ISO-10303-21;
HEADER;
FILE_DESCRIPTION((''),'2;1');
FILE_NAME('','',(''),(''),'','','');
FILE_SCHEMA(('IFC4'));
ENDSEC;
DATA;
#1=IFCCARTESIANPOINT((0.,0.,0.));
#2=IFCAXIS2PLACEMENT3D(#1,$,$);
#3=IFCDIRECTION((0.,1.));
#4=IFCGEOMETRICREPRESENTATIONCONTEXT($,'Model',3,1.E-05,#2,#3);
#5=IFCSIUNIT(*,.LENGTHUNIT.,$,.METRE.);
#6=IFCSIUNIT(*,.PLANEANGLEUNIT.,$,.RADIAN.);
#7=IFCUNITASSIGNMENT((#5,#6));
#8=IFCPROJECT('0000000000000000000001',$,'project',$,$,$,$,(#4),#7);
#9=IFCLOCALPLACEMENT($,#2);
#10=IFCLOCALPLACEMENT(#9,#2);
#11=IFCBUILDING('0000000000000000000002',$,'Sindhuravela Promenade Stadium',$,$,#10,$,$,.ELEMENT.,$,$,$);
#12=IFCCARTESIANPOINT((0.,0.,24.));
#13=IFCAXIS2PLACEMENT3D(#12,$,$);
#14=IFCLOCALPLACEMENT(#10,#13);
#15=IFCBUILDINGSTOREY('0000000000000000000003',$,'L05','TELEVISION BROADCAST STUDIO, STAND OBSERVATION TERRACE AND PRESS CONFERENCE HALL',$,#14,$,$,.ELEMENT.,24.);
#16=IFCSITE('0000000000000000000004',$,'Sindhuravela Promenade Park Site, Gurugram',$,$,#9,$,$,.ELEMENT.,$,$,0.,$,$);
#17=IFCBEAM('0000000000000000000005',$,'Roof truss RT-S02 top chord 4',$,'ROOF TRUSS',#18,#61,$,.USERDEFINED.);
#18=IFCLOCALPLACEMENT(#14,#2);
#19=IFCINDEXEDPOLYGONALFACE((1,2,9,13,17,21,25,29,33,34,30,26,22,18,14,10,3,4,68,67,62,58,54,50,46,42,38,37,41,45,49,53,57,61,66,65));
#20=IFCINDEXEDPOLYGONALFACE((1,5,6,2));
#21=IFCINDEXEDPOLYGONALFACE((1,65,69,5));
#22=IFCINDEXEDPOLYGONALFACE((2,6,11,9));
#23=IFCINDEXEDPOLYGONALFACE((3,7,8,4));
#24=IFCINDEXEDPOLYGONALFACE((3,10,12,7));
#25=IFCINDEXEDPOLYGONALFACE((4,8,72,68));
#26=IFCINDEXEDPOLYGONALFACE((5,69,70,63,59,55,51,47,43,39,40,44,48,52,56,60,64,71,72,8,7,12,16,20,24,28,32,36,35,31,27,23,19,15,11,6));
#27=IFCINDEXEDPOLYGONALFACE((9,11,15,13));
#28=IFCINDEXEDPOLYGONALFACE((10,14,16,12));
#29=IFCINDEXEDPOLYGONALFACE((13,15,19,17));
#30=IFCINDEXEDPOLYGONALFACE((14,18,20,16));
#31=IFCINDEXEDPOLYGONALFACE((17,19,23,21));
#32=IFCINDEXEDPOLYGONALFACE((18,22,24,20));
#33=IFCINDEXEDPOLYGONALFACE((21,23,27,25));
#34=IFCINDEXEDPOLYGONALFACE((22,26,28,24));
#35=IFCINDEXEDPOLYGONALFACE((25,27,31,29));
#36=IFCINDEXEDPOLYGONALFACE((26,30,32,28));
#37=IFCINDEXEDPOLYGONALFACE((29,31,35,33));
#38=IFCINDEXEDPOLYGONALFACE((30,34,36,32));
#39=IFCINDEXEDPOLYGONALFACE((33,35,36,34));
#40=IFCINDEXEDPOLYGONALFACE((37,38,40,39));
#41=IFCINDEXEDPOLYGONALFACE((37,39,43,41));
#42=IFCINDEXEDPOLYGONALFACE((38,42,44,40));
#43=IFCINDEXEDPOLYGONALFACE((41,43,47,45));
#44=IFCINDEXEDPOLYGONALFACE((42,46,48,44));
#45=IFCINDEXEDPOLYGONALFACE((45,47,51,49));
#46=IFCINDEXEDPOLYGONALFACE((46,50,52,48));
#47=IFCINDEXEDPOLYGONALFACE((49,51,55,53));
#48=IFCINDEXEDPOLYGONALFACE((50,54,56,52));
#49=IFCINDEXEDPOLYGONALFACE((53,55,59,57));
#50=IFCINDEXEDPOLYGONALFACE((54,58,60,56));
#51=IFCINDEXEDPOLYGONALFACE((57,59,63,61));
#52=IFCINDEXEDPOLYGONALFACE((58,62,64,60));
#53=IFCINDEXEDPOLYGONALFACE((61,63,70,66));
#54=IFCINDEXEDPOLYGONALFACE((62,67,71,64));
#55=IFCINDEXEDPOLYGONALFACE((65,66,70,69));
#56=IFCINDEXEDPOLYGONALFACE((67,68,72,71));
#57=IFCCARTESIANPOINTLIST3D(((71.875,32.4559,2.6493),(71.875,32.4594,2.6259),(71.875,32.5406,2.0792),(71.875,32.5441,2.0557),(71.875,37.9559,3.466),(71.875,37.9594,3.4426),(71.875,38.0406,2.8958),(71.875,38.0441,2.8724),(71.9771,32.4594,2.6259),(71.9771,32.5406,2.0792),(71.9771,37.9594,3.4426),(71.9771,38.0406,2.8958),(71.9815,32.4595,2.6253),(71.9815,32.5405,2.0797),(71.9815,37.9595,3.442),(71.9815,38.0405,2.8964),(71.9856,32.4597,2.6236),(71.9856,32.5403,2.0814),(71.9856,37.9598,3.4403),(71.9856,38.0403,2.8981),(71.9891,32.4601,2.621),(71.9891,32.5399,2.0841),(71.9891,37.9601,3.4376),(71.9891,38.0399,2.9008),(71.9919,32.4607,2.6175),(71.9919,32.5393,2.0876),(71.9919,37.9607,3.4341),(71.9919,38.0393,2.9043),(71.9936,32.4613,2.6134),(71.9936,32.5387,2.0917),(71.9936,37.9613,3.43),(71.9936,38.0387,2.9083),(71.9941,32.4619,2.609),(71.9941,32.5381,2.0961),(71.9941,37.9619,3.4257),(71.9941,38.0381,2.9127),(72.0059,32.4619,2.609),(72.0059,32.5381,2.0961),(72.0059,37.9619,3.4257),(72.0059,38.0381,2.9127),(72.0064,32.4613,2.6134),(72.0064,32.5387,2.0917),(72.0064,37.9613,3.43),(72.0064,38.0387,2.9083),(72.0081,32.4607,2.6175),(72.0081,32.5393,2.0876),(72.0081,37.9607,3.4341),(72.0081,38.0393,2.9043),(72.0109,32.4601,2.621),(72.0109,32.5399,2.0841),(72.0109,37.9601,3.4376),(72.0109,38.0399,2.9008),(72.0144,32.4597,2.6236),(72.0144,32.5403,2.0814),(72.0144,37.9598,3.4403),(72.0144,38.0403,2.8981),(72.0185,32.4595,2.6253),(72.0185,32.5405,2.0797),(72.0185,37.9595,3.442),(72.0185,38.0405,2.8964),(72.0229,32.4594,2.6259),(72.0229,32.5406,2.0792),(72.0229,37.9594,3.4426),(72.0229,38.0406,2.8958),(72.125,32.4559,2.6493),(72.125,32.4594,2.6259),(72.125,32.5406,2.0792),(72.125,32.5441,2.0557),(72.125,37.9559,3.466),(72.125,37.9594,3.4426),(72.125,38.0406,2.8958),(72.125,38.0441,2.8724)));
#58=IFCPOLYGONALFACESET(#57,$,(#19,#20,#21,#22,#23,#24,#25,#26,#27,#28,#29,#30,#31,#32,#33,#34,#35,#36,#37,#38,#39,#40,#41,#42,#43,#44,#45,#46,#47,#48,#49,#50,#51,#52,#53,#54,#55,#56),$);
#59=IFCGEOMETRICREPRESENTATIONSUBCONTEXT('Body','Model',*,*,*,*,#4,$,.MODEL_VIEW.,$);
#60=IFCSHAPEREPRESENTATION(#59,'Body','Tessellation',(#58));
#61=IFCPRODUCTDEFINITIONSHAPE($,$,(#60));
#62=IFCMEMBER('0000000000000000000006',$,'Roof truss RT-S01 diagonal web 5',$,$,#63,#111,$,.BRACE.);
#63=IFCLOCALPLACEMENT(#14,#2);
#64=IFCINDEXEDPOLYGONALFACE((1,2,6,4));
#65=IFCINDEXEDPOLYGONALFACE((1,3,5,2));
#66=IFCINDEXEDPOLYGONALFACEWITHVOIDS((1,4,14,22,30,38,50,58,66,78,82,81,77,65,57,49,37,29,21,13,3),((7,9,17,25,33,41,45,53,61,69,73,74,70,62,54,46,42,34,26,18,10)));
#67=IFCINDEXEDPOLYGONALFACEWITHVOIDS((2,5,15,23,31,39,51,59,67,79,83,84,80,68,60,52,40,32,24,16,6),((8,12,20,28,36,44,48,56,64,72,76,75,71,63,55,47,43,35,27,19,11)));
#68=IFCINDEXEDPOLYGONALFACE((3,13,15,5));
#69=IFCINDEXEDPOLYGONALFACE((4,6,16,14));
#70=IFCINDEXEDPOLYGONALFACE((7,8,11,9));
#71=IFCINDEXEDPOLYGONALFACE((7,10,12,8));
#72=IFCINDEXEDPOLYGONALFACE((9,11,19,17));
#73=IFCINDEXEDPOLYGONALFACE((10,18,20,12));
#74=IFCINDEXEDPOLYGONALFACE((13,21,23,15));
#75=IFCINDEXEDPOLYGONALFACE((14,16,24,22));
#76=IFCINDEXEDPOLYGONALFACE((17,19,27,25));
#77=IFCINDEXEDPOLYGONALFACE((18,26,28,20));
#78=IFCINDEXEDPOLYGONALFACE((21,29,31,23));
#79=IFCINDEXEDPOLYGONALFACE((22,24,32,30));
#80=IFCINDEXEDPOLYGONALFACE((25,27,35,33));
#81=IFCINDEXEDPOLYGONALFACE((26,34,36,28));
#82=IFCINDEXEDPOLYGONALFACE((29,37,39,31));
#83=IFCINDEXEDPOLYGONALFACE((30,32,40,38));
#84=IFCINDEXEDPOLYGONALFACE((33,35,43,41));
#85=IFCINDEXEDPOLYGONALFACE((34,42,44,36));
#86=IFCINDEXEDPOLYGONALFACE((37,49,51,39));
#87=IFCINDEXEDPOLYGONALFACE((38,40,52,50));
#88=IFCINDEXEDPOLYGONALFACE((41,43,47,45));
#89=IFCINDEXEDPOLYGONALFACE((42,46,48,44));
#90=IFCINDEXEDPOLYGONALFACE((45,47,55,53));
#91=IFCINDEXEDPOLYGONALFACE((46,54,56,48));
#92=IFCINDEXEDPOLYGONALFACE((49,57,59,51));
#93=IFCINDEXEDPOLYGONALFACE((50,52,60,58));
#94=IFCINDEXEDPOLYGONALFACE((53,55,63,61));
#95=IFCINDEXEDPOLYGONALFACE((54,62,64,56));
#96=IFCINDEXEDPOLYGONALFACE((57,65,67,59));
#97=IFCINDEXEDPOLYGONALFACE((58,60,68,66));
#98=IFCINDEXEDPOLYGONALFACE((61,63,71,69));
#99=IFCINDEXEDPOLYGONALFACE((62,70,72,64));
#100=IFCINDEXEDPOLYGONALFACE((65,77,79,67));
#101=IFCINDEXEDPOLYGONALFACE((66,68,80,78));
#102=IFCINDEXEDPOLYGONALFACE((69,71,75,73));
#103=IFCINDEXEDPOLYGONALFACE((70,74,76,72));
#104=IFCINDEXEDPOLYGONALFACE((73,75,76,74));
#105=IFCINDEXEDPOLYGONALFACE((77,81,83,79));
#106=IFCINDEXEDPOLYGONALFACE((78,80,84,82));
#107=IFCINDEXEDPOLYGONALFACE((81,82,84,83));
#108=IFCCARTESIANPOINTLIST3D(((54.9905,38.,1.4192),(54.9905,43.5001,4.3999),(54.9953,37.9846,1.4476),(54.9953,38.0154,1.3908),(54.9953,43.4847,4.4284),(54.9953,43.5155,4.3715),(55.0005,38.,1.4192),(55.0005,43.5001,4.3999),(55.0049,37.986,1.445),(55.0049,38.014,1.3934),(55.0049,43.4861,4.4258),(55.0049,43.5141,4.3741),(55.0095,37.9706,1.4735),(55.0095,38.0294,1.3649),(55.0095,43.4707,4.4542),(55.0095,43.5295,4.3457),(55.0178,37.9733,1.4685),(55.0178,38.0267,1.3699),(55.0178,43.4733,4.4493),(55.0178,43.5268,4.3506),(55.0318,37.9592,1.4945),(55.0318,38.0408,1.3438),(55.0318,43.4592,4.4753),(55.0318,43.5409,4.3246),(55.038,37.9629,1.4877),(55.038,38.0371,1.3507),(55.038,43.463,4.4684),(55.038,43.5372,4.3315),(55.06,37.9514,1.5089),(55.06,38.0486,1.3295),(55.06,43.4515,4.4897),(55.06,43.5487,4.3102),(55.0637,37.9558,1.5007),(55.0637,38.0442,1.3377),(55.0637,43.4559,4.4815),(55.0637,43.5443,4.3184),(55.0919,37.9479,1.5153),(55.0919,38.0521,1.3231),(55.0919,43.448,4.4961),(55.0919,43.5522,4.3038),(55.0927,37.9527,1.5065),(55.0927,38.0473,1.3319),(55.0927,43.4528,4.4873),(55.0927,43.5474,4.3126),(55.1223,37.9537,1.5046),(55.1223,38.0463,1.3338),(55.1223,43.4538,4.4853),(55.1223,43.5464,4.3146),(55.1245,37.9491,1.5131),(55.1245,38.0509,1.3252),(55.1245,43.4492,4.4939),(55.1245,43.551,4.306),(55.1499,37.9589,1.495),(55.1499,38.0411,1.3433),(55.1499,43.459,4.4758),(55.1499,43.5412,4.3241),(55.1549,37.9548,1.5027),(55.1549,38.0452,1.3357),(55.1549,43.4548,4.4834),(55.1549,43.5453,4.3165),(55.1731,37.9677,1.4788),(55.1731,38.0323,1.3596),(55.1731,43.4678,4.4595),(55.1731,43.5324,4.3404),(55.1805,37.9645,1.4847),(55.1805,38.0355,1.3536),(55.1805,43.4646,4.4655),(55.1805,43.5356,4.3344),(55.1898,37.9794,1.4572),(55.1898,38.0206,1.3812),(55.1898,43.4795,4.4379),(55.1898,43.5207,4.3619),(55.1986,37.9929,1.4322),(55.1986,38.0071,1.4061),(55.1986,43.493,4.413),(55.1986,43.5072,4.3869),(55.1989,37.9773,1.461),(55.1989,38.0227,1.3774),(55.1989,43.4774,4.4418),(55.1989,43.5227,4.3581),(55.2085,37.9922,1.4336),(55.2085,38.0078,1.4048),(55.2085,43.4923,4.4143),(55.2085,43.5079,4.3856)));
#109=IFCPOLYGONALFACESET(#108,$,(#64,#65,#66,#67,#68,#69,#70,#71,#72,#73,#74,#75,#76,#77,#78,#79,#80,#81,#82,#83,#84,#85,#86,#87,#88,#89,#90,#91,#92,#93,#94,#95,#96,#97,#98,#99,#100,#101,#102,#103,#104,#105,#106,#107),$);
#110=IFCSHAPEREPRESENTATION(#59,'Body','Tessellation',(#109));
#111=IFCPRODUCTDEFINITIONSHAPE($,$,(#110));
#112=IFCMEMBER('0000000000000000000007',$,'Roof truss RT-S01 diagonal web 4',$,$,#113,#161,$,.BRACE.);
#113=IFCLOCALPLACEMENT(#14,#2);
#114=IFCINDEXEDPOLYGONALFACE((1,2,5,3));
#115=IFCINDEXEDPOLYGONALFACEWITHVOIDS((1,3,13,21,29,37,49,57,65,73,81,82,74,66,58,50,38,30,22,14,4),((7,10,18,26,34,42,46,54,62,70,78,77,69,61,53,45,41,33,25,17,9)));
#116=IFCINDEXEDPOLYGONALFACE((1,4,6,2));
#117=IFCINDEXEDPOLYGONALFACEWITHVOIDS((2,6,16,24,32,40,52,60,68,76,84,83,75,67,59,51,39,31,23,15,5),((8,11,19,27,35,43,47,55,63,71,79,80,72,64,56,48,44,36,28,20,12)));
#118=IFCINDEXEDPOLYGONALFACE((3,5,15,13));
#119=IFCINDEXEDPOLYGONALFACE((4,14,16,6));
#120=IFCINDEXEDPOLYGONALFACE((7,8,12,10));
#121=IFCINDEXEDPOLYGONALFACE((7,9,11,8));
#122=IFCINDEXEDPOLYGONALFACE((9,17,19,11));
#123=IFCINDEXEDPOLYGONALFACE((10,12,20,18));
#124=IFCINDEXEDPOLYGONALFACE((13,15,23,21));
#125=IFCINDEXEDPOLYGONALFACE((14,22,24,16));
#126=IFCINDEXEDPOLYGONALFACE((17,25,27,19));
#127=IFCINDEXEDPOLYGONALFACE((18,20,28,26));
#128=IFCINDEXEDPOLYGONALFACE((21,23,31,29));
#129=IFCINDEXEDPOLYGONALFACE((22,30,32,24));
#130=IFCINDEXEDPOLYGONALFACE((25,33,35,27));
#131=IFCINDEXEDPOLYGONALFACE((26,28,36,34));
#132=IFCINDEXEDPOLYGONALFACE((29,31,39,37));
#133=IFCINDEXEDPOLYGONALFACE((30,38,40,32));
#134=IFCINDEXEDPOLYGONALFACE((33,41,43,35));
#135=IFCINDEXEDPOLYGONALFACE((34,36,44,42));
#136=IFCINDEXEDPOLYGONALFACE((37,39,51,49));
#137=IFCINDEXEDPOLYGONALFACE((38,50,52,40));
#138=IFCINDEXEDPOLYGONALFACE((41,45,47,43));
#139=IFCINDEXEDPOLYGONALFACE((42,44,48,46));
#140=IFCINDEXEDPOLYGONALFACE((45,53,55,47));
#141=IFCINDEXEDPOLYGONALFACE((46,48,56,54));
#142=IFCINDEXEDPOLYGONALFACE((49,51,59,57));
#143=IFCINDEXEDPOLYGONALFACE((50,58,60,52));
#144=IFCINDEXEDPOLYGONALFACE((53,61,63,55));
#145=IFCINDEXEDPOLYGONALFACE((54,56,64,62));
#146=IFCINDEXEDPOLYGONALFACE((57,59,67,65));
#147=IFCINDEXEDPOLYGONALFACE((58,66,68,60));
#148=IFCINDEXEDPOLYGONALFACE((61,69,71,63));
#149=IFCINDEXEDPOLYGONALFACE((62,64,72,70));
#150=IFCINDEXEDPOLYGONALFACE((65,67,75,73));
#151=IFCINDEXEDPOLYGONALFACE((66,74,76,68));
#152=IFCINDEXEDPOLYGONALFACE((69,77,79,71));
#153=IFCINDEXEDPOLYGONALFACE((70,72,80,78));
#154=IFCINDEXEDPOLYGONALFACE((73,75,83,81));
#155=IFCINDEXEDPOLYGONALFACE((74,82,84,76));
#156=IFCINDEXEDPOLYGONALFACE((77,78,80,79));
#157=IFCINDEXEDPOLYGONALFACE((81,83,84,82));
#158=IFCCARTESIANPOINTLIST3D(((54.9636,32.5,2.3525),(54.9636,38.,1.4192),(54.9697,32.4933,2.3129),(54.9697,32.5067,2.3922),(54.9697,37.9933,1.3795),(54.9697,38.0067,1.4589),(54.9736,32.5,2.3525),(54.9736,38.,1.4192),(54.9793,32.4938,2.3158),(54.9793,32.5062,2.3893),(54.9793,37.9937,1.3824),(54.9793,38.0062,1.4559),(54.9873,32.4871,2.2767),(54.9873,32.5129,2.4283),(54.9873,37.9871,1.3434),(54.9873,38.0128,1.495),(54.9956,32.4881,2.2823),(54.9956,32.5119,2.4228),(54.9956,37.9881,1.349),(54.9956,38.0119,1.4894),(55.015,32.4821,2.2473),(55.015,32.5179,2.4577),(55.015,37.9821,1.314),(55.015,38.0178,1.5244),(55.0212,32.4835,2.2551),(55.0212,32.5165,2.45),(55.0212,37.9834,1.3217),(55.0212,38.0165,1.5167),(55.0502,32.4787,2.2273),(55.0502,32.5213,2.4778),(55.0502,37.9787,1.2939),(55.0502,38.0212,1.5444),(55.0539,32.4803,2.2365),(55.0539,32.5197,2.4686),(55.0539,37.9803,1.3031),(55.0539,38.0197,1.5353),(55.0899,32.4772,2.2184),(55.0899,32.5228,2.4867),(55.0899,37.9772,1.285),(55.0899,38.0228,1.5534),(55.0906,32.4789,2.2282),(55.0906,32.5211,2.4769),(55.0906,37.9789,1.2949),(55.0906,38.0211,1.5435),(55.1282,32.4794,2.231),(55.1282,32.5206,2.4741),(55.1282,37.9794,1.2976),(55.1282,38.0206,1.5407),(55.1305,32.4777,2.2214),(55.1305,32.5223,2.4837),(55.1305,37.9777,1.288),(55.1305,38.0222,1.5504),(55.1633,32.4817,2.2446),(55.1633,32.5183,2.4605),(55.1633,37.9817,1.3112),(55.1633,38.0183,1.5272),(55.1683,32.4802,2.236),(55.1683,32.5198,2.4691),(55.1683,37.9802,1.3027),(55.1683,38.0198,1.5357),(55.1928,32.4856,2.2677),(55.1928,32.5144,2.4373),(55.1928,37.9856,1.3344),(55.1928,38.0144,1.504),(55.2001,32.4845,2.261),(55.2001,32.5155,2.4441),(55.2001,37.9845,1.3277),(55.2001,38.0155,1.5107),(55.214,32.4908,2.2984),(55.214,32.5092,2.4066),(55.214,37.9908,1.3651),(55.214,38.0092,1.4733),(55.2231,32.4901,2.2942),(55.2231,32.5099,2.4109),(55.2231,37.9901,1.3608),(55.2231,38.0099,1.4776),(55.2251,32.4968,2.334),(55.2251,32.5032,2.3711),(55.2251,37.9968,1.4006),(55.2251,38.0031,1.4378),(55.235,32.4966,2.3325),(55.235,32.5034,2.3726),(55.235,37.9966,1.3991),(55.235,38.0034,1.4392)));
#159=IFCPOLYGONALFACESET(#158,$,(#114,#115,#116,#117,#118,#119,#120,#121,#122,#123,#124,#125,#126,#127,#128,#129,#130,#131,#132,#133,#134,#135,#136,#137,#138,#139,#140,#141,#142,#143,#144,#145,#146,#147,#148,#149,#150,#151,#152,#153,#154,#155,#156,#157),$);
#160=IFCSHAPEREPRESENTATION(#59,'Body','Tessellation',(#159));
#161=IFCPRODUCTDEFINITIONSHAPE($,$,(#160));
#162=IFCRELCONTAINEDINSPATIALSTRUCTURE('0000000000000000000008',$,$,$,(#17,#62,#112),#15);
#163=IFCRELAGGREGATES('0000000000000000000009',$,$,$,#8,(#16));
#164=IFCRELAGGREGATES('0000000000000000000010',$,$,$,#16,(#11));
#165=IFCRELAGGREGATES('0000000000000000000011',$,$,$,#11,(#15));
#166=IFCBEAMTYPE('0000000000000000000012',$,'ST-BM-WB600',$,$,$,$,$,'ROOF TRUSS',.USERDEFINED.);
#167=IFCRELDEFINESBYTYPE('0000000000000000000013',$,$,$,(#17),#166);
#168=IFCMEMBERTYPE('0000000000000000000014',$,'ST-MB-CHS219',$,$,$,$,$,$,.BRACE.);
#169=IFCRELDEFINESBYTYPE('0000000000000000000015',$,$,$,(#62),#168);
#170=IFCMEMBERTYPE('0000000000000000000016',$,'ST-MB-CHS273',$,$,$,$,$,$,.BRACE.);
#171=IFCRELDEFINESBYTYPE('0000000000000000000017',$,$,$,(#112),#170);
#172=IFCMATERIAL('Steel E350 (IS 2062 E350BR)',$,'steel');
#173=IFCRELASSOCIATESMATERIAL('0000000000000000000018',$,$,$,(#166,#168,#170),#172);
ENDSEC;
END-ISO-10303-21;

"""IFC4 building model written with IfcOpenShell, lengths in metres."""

from ifc_helpers import new_model, si_unit, direction, frame, origin, origin_2d, place, context, subcontext, project, spatial, hollow_circle, i_section, extrude, material, material_profile, profile_set, type_object, element, save


model = new_model("IFC4")

# Units and contexts
model_context = context("Model", 3, precision=1e-05, world=origin(), true_north=direction((0.0, 1.0)))
body_context = subcontext(model_context, "Body", "Model", "MODEL_VIEW")
ifc_project = project(units=[si_unit("LENGTHUNIT", "METRE"), si_unit("PLANEANGLEUNIT", "RADIAN")], contexts=[model_context])

# Site, building, storey
site_placement = place(None, origin())
site = spatial("IfcSite", under=ifc_project, at=site_placement, Name="Sindhuravela Promenade Park Site, Gurugram", CompositionType="ELEMENT", RefElevation=0.0)
building_placement = place(site_placement, origin())
building = spatial("IfcBuilding", under=site, at=building_placement, Name="Sindhuravela Promenade Stadium", CompositionType="ELEMENT")
storey_placement = place(building_placement, frame((0.0, 0.0, 24.0)))
storey = spatial("IfcBuildingStorey", under=building, at=storey_placement, Name="L05", Description="TELEVISION BROADCAST STUDIO, STAND OBSERVATION TERRACE AND PRESS CONFERENCE HALL", CompositionType="ELEMENT", Elevation=24.0)

# Beam
ifc_material_1 = material(Name="Steel E350 (IS 2062 E350BR)", Category="steel")
ifc_material_profile_1 = material_profile(ifc_material_1, i_section(OverallWidth=0.25, OverallDepth=0.6001, WebThickness=0.0117, FlangeThickness=0.0237, FilletRadius=0.0171, at=origin_2d()), Name="ISWB 600")
ifc_profile_set_1 = profile_set([ifc_material_profile_1], Name="Steel E350 (IS 2062 E350BR)")
beam_type_1 = type_object("IfcBeamType", Name="ST-BM-WB600", ElementType="ROOF TRUSS", PredefinedType="USERDEFINED", material=ifc_profile_set_1)
beam_1_placement = place(storey_placement, frame((72.0, 32.5, 2.3525), z_axis=(0.0, 0.989156, 0.146872), x_axis=(-1.0, 0.0, 0.0)))
element("IfcBeam", 1, at=beam_1_placement, inside=storey, type_object=beam_type_1, Name="Roof truss RT-S02 top chord 4", ObjectType="ROOF TRUSS", PredefinedType="USERDEFINED", context=body_context, shape_type="SweptSolid", body=[
    extrude(i_section(OverallWidth=0.25, OverallDepth=0.6001, WebThickness=0.0117, FlangeThickness=0.0237, FilletRadius=0.0171, at=origin_2d()), origin(), (0.0, 0.0, 1.0), 5.5603),
])

# Members
ifc_material_profile_2 = material_profile(ifc_material_1, hollow_circle(Radius=0.1096, WallThickness=0.01, at=origin_2d()), Name="CHS 219.1x10")
ifc_profile_set_2 = profile_set([ifc_material_profile_2], Name="Steel E350 (IS 2062 E350BR)")
member_type_1 = type_object("IfcMemberType", Name="ST-MB-CHS219", PredefinedType="BRACE", material=ifc_profile_set_2)
member_1_placement = place(storey_placement, frame((55.1001, 38.0, 1.4192), z_axis=(0.0, 0.879188, 0.476474), x_axis=(-1.0, 0.0, 0.0)))
element("IfcMember", 2, at=member_1_placement, inside=storey, type_object=member_type_1, Name="Roof truss RT-S01 diagonal web 5", PredefinedType="BRACE", context=body_context, shape_type="SweptSolid", body=[
    extrude(hollow_circle(Radius=0.1096, WallThickness=0.01, at=origin_2d()), origin(), (0.0, 0.0, 1.0), 6.2559),
])
ifc_material_profile_3 = material_profile(ifc_material_1, hollow_circle(Radius=0.1365, WallThickness=0.01, at=origin_2d()), Name="CHS 273.0x10")
ifc_profile_set_3 = profile_set([ifc_material_profile_3], Name="Steel E350 (IS 2062 E350BR)")
member_type_2 = type_object("IfcMemberType", Name="ST-MB-CHS273", PredefinedType="BRACE", material=ifc_profile_set_3)
member_2_placement = place(storey_placement, frame((55.1001, 32.5, 2.3525), z_axis=(0.0, 0.985905, -0.167308), x_axis=(-1.0, 0.0, 0.0)))
element("IfcMember", 3, at=member_2_placement, inside=storey, type_object=member_type_2, Name="Roof truss RT-S01 diagonal web 4", PredefinedType="BRACE", context=body_context, shape_type="SweptSolid", body=[
    extrude(hollow_circle(Radius=0.1365, WallThickness=0.01, at=origin_2d()), origin(), (0.0, 0.0, 1.0), 5.5786),
])

save(model, "model.ifc")
